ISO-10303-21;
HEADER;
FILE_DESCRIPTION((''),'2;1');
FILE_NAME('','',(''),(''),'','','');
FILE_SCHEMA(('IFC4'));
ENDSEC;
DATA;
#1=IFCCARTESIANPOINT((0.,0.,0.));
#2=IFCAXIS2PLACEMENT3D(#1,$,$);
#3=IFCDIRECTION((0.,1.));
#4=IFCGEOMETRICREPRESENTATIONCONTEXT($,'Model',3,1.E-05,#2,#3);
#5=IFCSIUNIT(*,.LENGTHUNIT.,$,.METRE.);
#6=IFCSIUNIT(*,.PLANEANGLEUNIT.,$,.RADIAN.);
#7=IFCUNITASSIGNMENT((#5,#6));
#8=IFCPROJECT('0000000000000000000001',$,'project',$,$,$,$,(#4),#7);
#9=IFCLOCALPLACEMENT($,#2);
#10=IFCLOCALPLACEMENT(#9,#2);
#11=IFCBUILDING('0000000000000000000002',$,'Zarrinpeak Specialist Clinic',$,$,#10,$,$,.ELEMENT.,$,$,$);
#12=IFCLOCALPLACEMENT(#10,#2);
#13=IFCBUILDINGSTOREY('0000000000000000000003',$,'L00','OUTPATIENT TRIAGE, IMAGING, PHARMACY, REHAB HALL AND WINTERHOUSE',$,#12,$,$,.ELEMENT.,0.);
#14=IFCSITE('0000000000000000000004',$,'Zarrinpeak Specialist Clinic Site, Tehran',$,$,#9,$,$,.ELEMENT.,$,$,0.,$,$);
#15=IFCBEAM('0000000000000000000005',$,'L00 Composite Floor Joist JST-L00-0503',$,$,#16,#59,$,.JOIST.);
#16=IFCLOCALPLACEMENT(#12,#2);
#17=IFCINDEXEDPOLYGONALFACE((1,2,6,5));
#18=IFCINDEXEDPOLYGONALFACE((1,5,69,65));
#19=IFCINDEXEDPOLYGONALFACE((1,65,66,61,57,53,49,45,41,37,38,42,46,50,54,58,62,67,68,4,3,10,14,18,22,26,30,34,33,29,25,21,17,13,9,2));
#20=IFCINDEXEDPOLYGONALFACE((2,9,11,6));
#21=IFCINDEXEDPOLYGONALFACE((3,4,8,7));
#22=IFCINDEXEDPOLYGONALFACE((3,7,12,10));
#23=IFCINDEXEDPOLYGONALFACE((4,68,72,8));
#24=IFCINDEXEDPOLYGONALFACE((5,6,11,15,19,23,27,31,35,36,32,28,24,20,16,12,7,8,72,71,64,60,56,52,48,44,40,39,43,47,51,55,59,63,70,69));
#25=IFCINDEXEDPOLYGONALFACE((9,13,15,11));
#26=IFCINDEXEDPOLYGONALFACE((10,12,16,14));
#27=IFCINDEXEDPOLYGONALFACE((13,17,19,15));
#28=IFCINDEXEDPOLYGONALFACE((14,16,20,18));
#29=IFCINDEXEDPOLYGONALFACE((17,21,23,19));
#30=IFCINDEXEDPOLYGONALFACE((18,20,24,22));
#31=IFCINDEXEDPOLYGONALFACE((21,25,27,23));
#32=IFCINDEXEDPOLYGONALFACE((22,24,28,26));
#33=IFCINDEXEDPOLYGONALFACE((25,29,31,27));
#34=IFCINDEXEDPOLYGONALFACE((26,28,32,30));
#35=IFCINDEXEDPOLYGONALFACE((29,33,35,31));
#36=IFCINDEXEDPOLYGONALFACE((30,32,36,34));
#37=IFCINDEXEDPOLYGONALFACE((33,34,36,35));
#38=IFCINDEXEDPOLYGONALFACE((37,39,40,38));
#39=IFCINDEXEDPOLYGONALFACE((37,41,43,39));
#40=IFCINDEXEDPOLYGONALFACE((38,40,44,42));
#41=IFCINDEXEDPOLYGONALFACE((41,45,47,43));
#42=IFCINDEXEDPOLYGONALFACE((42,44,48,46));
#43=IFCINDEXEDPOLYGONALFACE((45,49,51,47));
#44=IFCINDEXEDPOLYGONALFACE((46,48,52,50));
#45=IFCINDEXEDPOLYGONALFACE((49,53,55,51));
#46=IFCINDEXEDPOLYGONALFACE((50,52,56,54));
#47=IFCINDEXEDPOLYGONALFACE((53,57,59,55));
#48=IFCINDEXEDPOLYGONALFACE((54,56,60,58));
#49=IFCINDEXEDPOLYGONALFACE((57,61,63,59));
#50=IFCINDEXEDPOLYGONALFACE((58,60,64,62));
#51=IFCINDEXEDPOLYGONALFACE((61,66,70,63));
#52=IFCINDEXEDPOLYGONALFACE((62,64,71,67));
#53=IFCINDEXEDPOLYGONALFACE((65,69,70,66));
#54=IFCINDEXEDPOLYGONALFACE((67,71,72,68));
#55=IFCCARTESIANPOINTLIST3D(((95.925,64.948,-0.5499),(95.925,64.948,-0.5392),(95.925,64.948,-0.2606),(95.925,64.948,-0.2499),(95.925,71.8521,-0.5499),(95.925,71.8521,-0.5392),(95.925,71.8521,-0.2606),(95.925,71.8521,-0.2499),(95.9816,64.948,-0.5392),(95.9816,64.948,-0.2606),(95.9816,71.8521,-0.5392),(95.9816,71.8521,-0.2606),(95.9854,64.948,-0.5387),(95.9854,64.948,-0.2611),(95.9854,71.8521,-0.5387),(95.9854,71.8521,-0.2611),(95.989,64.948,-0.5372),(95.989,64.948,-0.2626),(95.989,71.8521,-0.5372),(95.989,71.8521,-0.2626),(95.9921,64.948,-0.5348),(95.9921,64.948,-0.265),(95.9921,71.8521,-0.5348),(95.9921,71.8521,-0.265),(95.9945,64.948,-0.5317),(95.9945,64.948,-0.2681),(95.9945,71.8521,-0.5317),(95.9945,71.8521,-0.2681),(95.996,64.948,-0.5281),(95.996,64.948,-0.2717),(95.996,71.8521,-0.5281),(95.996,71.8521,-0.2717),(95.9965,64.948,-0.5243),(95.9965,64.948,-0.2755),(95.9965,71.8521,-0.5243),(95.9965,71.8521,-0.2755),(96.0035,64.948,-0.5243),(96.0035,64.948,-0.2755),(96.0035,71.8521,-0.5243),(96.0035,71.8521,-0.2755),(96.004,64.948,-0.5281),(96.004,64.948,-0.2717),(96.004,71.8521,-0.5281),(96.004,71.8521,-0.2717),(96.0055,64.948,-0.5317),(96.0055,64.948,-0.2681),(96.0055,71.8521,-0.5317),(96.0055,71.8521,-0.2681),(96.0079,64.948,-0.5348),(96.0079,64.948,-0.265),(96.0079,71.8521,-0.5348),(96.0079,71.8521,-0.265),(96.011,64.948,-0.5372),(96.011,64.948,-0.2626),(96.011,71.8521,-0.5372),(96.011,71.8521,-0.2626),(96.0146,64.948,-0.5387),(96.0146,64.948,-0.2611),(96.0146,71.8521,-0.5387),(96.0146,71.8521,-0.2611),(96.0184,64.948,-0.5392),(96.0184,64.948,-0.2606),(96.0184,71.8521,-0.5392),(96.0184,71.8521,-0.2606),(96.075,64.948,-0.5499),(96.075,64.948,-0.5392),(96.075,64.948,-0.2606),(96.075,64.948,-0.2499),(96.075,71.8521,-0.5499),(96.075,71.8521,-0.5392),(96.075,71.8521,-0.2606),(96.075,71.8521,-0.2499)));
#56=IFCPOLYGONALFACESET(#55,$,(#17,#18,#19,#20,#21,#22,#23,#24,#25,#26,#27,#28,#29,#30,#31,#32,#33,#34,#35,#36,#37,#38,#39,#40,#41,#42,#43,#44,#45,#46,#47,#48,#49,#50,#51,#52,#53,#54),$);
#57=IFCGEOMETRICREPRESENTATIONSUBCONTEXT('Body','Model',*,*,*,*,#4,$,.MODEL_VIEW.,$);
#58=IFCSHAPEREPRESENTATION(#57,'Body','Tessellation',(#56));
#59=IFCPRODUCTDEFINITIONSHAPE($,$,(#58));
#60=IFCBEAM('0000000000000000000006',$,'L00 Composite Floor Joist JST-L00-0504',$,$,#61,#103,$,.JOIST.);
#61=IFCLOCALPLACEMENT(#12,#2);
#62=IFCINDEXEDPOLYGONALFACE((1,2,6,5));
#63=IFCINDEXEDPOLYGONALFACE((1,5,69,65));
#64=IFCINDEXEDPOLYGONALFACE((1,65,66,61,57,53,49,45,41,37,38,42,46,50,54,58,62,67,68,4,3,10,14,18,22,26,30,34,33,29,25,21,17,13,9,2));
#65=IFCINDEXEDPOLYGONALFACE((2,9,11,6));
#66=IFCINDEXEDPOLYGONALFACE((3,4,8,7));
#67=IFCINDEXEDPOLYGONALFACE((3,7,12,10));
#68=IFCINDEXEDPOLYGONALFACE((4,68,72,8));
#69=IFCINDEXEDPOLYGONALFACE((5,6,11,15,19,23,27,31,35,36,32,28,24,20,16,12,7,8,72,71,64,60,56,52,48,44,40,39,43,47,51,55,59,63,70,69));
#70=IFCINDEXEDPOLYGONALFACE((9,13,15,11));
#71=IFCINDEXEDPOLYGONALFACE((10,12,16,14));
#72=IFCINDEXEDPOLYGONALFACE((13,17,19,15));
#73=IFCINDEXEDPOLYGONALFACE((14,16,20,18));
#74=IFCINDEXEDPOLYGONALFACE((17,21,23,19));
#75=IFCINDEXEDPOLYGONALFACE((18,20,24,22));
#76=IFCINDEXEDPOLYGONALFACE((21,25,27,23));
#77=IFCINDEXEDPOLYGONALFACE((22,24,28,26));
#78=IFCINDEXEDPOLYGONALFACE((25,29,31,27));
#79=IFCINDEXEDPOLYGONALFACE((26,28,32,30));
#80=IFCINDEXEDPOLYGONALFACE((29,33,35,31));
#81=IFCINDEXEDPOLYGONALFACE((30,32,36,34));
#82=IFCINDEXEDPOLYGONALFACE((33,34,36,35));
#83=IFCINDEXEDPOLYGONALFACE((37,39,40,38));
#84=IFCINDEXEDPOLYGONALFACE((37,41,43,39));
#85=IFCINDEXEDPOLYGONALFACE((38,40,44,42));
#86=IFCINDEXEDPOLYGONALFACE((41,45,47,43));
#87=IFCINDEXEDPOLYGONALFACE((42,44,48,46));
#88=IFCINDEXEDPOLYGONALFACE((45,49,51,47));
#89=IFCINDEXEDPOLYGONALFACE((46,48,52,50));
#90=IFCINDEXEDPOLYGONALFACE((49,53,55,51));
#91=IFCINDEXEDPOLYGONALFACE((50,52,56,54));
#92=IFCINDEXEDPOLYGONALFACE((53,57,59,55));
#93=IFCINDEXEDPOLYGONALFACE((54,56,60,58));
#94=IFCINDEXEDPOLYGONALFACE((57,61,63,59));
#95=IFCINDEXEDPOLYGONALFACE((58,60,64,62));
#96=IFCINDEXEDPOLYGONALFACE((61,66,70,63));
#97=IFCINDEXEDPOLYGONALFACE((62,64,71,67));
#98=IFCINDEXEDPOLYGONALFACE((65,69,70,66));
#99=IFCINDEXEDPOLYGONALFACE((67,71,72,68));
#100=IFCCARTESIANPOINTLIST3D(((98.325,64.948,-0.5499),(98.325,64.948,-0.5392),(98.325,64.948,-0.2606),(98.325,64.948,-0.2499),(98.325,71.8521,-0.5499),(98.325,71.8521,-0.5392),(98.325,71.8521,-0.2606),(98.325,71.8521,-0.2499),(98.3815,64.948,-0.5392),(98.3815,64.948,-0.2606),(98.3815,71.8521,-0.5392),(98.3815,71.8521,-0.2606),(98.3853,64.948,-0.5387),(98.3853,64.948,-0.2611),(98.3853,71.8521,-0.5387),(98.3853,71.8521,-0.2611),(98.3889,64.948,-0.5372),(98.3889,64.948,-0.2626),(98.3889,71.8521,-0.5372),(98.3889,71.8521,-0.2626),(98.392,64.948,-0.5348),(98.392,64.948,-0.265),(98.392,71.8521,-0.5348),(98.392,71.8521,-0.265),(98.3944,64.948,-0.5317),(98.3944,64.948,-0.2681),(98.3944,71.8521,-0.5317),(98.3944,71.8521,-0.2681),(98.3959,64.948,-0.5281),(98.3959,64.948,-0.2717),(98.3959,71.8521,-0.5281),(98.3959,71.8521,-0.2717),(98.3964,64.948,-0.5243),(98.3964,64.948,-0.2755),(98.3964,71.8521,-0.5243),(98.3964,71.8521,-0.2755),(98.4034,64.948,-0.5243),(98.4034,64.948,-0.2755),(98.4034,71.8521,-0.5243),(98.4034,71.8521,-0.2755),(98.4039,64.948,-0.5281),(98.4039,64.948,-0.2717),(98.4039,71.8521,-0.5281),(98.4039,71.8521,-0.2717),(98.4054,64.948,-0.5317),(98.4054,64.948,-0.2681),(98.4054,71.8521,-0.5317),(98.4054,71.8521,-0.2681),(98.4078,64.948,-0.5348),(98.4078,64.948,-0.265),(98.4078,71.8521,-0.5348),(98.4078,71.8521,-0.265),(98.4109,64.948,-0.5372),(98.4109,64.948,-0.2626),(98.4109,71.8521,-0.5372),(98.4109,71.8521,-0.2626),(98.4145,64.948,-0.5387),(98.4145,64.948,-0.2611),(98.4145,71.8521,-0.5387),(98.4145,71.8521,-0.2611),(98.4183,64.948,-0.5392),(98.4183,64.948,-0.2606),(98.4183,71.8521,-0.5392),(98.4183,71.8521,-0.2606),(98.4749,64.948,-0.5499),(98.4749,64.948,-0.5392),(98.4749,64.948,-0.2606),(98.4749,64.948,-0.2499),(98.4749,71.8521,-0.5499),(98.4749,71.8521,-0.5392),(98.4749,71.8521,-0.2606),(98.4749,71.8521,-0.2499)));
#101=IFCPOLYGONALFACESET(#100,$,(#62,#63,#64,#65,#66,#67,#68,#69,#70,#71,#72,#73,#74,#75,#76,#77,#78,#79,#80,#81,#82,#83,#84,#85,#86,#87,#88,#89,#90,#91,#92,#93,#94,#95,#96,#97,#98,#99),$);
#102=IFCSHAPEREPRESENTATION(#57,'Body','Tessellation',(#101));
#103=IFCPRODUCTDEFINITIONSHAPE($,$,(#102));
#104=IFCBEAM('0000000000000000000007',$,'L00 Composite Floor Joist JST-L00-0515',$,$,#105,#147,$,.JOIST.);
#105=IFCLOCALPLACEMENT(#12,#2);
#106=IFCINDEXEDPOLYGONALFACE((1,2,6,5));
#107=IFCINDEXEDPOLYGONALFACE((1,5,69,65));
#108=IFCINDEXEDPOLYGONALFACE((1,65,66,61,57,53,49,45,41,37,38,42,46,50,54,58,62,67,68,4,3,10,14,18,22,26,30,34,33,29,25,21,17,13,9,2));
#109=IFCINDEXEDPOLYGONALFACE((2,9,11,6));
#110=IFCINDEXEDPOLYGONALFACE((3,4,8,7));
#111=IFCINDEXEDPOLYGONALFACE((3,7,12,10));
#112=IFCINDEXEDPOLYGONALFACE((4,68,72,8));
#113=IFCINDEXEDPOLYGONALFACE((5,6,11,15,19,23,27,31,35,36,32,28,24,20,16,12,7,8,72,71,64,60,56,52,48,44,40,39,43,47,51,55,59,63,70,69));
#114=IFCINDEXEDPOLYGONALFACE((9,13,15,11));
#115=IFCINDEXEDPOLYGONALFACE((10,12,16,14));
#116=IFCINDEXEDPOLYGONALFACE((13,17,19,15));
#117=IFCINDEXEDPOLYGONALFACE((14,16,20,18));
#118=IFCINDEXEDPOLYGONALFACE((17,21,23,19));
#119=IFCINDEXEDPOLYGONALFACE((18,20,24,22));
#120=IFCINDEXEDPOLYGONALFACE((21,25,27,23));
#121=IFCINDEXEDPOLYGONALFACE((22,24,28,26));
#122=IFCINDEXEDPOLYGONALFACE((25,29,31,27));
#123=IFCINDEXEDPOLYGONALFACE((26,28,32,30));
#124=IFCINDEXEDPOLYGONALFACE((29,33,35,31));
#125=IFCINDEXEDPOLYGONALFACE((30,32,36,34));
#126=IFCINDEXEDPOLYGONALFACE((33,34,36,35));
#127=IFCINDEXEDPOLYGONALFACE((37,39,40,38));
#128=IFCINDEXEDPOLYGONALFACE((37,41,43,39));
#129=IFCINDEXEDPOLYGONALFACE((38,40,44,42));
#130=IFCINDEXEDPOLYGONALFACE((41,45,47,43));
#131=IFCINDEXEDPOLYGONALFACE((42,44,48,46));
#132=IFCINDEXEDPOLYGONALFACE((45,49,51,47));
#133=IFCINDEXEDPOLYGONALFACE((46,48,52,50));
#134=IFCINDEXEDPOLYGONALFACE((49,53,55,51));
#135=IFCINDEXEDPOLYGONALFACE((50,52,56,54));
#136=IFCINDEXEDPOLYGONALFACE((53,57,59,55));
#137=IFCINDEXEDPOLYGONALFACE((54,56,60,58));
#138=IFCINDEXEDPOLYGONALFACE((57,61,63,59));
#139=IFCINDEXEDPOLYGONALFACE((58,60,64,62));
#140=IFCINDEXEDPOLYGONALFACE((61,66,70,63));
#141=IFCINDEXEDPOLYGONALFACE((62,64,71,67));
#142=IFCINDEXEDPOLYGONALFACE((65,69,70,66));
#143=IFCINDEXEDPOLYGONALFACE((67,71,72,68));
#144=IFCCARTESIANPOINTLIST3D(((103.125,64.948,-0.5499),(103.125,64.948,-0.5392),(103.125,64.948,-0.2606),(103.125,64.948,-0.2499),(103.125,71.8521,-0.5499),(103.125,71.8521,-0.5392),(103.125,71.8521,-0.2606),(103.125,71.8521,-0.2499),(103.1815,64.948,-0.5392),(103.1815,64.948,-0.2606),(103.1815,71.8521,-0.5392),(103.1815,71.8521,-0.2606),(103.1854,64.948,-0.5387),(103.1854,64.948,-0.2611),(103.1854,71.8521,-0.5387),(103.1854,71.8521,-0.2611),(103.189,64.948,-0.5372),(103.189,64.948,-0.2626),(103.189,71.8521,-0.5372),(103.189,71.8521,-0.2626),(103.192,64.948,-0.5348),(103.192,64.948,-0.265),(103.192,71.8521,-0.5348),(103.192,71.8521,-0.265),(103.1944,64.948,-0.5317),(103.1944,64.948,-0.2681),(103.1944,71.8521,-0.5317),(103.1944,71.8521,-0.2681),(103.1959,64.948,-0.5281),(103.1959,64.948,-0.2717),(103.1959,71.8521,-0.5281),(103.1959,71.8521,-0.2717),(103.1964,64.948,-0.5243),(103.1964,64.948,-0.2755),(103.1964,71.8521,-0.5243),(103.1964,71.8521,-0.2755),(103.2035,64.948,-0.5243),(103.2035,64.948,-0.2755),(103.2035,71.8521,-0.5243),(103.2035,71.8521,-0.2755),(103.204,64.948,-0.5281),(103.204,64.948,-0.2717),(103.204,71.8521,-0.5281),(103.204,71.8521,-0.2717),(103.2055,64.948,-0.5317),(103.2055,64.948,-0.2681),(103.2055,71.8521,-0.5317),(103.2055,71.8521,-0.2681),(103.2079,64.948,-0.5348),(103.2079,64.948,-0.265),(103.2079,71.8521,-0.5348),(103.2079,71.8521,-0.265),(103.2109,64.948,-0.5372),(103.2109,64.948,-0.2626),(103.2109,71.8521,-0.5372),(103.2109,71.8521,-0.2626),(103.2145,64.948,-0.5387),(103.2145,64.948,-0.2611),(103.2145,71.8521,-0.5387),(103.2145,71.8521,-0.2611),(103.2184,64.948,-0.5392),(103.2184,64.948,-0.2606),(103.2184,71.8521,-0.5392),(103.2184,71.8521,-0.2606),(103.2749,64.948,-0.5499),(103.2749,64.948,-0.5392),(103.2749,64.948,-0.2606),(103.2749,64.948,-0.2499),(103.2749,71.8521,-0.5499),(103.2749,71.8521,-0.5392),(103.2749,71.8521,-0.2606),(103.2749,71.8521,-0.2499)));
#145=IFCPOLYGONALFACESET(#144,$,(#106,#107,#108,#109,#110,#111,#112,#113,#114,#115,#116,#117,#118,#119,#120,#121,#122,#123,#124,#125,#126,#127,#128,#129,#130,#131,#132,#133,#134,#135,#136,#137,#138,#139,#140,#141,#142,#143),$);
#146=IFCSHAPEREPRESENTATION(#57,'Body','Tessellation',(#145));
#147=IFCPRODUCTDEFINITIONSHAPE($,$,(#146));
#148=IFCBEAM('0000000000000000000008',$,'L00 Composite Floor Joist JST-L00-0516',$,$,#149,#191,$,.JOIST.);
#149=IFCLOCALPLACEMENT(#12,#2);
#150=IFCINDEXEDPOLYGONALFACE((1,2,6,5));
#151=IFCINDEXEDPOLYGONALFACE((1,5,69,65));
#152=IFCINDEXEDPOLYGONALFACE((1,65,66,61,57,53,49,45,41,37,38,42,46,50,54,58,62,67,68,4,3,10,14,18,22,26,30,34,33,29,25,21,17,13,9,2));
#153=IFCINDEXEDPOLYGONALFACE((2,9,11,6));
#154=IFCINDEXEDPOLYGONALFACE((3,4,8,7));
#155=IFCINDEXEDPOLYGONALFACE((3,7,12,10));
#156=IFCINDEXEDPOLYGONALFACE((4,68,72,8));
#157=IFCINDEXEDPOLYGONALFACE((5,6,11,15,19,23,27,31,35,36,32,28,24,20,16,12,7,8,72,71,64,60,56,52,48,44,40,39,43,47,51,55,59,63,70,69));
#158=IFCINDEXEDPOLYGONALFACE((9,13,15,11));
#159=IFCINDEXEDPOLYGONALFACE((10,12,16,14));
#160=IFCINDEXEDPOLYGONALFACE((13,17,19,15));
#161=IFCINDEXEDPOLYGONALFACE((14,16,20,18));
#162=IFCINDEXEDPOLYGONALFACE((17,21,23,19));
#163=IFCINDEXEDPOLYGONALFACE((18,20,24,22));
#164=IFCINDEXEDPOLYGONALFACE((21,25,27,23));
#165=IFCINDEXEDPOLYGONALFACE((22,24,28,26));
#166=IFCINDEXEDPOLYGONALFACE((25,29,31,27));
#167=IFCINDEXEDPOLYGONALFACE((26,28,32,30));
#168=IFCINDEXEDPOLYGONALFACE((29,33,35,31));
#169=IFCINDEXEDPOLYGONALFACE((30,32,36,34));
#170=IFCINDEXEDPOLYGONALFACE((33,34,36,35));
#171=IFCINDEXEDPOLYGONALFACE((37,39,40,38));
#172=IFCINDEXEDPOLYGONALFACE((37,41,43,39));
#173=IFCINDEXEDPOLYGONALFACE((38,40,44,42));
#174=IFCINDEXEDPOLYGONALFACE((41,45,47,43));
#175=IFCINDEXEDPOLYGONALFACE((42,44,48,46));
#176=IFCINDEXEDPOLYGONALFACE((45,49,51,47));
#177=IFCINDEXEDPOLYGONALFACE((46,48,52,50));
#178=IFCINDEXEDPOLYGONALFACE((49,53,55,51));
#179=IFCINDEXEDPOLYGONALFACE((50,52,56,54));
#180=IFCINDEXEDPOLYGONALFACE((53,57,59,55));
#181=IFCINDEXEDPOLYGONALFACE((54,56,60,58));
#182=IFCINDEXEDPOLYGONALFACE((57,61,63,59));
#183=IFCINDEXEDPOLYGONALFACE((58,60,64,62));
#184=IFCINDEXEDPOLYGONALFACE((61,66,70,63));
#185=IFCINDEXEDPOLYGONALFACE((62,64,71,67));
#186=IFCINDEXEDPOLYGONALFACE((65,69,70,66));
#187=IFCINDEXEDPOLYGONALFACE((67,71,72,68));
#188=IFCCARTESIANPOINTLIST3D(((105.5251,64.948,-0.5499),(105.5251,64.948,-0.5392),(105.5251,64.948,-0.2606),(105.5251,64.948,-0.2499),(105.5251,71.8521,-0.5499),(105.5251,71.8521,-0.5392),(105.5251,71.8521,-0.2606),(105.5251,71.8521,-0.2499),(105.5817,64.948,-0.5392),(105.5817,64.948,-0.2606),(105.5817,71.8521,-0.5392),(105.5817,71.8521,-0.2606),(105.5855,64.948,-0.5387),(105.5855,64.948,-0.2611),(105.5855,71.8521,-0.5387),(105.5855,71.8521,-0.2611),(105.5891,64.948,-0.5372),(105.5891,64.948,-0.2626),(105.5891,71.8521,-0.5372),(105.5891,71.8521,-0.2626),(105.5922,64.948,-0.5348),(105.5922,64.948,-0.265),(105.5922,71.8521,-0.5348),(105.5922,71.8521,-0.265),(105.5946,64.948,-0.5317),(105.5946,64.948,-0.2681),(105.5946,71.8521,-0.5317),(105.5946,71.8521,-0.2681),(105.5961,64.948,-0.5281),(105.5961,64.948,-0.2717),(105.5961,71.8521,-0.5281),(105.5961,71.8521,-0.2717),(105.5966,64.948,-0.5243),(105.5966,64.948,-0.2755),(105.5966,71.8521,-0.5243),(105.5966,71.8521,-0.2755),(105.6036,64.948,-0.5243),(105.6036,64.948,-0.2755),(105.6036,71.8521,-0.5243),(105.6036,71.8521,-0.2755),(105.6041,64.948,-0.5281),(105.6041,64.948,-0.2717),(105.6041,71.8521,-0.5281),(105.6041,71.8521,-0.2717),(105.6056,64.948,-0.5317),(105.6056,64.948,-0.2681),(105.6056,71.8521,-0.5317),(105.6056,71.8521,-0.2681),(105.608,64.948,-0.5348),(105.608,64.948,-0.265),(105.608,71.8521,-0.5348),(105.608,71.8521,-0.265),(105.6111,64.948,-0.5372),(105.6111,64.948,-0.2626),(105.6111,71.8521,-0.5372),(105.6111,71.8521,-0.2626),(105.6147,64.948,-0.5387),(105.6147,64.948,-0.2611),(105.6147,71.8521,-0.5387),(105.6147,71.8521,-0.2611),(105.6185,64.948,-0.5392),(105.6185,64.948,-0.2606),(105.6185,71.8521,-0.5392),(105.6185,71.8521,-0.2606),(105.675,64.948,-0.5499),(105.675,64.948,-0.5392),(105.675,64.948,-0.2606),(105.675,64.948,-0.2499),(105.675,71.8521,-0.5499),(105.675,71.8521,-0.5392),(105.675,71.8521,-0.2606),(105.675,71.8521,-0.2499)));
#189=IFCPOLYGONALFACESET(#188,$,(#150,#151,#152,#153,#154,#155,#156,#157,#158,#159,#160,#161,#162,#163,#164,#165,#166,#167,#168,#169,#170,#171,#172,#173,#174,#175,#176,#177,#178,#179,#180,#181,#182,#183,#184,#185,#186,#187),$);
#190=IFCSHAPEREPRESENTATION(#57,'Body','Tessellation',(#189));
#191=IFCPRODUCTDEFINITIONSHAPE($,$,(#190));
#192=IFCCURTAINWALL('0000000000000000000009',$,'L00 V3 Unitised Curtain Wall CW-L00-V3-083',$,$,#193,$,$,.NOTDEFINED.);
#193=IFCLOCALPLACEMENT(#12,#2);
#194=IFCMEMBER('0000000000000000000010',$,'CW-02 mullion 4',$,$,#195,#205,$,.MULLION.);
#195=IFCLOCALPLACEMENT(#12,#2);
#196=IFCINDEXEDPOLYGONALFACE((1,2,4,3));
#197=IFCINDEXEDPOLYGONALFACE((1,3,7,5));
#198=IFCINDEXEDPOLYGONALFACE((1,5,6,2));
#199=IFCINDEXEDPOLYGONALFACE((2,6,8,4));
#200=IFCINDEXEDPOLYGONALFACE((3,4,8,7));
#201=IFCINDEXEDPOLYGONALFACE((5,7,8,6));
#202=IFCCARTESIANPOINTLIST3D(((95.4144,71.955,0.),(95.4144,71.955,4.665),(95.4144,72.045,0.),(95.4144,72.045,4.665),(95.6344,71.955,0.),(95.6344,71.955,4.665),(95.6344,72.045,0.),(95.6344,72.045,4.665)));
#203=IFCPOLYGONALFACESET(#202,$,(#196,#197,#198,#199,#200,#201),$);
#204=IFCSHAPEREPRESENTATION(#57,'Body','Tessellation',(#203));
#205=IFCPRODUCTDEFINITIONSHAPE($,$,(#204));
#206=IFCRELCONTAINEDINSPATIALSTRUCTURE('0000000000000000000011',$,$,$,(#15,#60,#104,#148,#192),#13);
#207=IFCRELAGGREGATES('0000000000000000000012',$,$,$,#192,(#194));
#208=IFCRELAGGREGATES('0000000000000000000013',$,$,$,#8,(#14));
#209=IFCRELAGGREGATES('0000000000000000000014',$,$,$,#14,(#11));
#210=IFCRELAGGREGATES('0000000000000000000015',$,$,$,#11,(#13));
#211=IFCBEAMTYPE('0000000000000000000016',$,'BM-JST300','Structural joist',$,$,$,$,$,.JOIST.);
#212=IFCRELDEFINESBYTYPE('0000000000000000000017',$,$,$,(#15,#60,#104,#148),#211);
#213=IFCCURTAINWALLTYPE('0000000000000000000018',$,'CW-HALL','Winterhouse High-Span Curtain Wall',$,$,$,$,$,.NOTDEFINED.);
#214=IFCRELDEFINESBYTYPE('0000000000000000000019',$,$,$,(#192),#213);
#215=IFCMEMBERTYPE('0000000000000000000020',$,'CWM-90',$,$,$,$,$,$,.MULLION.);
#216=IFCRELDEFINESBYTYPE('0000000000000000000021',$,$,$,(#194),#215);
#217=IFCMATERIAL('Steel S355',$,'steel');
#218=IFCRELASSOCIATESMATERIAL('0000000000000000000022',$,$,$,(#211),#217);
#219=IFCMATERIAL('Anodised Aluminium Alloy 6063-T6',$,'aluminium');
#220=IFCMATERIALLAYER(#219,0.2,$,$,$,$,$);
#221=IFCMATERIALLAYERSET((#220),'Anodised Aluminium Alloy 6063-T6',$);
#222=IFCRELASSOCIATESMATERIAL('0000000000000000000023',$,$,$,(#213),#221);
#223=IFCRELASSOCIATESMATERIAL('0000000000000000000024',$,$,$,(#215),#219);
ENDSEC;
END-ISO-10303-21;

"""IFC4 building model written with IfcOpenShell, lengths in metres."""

from ifc_helpers import new_model, si_unit, direction, frame, origin, origin_2d, place, context, subcontext, project, spatial, rectangle, i_section, extrude, material, layer, layer_set, material_profile, profile_set, type_object, element, aggregate, save


model = new_model("IFC4")

# Units and contexts
model_context = context("Model", 3, precision=1e-05, world=origin(), true_north=direction((0.0, 1.0)))
body_context = subcontext(model_context, "Body", "Model", "MODEL_VIEW")
ifc_project = project(units=[si_unit("LENGTHUNIT", "METRE"), si_unit("PLANEANGLEUNIT", "RADIAN")], contexts=[model_context])

# Site, building, storey
site_placement = place(None, origin())
site = spatial("IfcSite", under=ifc_project, at=site_placement, Name="Zarrinpeak Specialist Clinic Site, Tehran", CompositionType="ELEMENT", RefElevation=0.0)
building_placement = place(site_placement, origin())
building = spatial("IfcBuilding", under=site, at=building_placement, Name="Zarrinpeak Specialist Clinic", CompositionType="ELEMENT")
storey_placement = place(building_placement, origin())
storey = spatial("IfcBuildingStorey", under=building, at=storey_placement, Name="L00", Description="OUTPATIENT TRIAGE, IMAGING, PHARMACY, REHAB HALL AND WINTERHOUSE", CompositionType="ELEMENT", Elevation=0.0)

# Shared definitions
ifc_material_1 = material(Name="Steel S355", Category="steel")

# Beams
ifc_material_profile_1 = material_profile(ifc_material_1, i_section(OverallWidth=0.1499, OverallDepth=0.3, WebThickness=0.0071, FlangeThickness=0.0107, FilletRadius=0.0149, at=origin_2d()), Name="IPE 300")
ifc_profile_set_1 = profile_set([ifc_material_profile_1], Name="Steel S355")
beam_type_1 = type_object("IfcBeamType", Name="BM-JST300", Description="Structural joist", PredefinedType="JOIST", material=ifc_profile_set_1)
for number, where, z_axis, x_axis, name in (
    (1, (96.0, 64.948, -0.3999), (0.0, 1.0, 0.0), (-1.0, 0.0, 0.0), "L00 Composite Floor Joist JST-L00-0503"),
    (2, (98.3999, 64.948, -0.3999), (0.0, 1.0, 0.0), (-1.0, 0.0, 0.0), "L00 Composite Floor Joist JST-L00-0504"),
    (3, (103.2, 64.948, -0.3999), (0.0, 1.0, 0.0), (-1.0, 0.0, 0.0), "L00 Composite Floor Joist JST-L00-0515"),
    (4, (105.6001, 64.948, -0.3999), (0.0, 1.0, 0.0), (-1.0, 0.0, 0.0), "L00 Composite Floor Joist JST-L00-0516"),
):
    element("IfcBeam", number, at=place(storey_placement, frame(where, z_axis=z_axis, x_axis=x_axis)), inside=storey, type_object=beam_type_1, Name=name, PredefinedType="JOIST", context=body_context, shape_type="SweptSolid", body=[
        extrude(i_section(OverallWidth=0.1499, OverallDepth=0.3, WebThickness=0.0071, FlangeThickness=0.0107, FilletRadius=0.0149, at=origin_2d()), origin(), (0.0, 0.0, 1.0), 6.9041),
    ])

# Curtain wall, member
ifc_material_2 = material(Name="Anodised Aluminium Alloy 6063-T6", Category="aluminium")
ifc_layer_1 = layer(ifc_material_2, 0.2)
ifc_layer_set_1 = layer_set([ifc_layer_1], Name="Anodised Aluminium Alloy 6063-T6")
curtain_wall_type = type_object("IfcCurtainWallType", Name="CW-HALL", Description="Winterhouse High-Span Curtain Wall", PredefinedType="NOTDEFINED", material=ifc_layer_set_1)
curtain_wall_placement = place(storey_placement, origin())
curtain_wall = element("IfcCurtainWall", 5, at=curtain_wall_placement, inside=storey, type_object=curtain_wall_type, Name="L00 V3 Unitised Curtain Wall CW-L00-V3-083", PredefinedType="NOTDEFINED")
ifc_material_profile_2 = material_profile(ifc_material_2, rectangle(XDim=0.0901, YDim=0.22, at=origin_2d()), Name="ALU 90x220")
ifc_profile_set_2 = profile_set([ifc_material_profile_2], Name="Anodised Aluminium Alloy 6063-T6")
member_type_1 = type_object("IfcMemberType", Name="CWM-90", PredefinedType="MULLION", material=ifc_profile_set_2)
member_1_placement = place(storey_placement, frame((95.5244, 72.0, 0.0), z_axis=(0.0, 0.0, 1.0), x_axis=(0.0, -1.0, 0.0)))
member_1 = element("IfcMember", 6, at=member_1_placement, type_object=member_type_1, Name="CW-02 mullion 4", PredefinedType="MULLION", context=body_context, shape_type="SweptSolid", body=[
    extrude(rectangle(XDim=0.0901, YDim=0.22, at=origin_2d()), origin(), (0.0, 0.0, 1.0), 4.665),
])
aggregate(curtain_wall, [member_1])

save(model, "model.ifc")
